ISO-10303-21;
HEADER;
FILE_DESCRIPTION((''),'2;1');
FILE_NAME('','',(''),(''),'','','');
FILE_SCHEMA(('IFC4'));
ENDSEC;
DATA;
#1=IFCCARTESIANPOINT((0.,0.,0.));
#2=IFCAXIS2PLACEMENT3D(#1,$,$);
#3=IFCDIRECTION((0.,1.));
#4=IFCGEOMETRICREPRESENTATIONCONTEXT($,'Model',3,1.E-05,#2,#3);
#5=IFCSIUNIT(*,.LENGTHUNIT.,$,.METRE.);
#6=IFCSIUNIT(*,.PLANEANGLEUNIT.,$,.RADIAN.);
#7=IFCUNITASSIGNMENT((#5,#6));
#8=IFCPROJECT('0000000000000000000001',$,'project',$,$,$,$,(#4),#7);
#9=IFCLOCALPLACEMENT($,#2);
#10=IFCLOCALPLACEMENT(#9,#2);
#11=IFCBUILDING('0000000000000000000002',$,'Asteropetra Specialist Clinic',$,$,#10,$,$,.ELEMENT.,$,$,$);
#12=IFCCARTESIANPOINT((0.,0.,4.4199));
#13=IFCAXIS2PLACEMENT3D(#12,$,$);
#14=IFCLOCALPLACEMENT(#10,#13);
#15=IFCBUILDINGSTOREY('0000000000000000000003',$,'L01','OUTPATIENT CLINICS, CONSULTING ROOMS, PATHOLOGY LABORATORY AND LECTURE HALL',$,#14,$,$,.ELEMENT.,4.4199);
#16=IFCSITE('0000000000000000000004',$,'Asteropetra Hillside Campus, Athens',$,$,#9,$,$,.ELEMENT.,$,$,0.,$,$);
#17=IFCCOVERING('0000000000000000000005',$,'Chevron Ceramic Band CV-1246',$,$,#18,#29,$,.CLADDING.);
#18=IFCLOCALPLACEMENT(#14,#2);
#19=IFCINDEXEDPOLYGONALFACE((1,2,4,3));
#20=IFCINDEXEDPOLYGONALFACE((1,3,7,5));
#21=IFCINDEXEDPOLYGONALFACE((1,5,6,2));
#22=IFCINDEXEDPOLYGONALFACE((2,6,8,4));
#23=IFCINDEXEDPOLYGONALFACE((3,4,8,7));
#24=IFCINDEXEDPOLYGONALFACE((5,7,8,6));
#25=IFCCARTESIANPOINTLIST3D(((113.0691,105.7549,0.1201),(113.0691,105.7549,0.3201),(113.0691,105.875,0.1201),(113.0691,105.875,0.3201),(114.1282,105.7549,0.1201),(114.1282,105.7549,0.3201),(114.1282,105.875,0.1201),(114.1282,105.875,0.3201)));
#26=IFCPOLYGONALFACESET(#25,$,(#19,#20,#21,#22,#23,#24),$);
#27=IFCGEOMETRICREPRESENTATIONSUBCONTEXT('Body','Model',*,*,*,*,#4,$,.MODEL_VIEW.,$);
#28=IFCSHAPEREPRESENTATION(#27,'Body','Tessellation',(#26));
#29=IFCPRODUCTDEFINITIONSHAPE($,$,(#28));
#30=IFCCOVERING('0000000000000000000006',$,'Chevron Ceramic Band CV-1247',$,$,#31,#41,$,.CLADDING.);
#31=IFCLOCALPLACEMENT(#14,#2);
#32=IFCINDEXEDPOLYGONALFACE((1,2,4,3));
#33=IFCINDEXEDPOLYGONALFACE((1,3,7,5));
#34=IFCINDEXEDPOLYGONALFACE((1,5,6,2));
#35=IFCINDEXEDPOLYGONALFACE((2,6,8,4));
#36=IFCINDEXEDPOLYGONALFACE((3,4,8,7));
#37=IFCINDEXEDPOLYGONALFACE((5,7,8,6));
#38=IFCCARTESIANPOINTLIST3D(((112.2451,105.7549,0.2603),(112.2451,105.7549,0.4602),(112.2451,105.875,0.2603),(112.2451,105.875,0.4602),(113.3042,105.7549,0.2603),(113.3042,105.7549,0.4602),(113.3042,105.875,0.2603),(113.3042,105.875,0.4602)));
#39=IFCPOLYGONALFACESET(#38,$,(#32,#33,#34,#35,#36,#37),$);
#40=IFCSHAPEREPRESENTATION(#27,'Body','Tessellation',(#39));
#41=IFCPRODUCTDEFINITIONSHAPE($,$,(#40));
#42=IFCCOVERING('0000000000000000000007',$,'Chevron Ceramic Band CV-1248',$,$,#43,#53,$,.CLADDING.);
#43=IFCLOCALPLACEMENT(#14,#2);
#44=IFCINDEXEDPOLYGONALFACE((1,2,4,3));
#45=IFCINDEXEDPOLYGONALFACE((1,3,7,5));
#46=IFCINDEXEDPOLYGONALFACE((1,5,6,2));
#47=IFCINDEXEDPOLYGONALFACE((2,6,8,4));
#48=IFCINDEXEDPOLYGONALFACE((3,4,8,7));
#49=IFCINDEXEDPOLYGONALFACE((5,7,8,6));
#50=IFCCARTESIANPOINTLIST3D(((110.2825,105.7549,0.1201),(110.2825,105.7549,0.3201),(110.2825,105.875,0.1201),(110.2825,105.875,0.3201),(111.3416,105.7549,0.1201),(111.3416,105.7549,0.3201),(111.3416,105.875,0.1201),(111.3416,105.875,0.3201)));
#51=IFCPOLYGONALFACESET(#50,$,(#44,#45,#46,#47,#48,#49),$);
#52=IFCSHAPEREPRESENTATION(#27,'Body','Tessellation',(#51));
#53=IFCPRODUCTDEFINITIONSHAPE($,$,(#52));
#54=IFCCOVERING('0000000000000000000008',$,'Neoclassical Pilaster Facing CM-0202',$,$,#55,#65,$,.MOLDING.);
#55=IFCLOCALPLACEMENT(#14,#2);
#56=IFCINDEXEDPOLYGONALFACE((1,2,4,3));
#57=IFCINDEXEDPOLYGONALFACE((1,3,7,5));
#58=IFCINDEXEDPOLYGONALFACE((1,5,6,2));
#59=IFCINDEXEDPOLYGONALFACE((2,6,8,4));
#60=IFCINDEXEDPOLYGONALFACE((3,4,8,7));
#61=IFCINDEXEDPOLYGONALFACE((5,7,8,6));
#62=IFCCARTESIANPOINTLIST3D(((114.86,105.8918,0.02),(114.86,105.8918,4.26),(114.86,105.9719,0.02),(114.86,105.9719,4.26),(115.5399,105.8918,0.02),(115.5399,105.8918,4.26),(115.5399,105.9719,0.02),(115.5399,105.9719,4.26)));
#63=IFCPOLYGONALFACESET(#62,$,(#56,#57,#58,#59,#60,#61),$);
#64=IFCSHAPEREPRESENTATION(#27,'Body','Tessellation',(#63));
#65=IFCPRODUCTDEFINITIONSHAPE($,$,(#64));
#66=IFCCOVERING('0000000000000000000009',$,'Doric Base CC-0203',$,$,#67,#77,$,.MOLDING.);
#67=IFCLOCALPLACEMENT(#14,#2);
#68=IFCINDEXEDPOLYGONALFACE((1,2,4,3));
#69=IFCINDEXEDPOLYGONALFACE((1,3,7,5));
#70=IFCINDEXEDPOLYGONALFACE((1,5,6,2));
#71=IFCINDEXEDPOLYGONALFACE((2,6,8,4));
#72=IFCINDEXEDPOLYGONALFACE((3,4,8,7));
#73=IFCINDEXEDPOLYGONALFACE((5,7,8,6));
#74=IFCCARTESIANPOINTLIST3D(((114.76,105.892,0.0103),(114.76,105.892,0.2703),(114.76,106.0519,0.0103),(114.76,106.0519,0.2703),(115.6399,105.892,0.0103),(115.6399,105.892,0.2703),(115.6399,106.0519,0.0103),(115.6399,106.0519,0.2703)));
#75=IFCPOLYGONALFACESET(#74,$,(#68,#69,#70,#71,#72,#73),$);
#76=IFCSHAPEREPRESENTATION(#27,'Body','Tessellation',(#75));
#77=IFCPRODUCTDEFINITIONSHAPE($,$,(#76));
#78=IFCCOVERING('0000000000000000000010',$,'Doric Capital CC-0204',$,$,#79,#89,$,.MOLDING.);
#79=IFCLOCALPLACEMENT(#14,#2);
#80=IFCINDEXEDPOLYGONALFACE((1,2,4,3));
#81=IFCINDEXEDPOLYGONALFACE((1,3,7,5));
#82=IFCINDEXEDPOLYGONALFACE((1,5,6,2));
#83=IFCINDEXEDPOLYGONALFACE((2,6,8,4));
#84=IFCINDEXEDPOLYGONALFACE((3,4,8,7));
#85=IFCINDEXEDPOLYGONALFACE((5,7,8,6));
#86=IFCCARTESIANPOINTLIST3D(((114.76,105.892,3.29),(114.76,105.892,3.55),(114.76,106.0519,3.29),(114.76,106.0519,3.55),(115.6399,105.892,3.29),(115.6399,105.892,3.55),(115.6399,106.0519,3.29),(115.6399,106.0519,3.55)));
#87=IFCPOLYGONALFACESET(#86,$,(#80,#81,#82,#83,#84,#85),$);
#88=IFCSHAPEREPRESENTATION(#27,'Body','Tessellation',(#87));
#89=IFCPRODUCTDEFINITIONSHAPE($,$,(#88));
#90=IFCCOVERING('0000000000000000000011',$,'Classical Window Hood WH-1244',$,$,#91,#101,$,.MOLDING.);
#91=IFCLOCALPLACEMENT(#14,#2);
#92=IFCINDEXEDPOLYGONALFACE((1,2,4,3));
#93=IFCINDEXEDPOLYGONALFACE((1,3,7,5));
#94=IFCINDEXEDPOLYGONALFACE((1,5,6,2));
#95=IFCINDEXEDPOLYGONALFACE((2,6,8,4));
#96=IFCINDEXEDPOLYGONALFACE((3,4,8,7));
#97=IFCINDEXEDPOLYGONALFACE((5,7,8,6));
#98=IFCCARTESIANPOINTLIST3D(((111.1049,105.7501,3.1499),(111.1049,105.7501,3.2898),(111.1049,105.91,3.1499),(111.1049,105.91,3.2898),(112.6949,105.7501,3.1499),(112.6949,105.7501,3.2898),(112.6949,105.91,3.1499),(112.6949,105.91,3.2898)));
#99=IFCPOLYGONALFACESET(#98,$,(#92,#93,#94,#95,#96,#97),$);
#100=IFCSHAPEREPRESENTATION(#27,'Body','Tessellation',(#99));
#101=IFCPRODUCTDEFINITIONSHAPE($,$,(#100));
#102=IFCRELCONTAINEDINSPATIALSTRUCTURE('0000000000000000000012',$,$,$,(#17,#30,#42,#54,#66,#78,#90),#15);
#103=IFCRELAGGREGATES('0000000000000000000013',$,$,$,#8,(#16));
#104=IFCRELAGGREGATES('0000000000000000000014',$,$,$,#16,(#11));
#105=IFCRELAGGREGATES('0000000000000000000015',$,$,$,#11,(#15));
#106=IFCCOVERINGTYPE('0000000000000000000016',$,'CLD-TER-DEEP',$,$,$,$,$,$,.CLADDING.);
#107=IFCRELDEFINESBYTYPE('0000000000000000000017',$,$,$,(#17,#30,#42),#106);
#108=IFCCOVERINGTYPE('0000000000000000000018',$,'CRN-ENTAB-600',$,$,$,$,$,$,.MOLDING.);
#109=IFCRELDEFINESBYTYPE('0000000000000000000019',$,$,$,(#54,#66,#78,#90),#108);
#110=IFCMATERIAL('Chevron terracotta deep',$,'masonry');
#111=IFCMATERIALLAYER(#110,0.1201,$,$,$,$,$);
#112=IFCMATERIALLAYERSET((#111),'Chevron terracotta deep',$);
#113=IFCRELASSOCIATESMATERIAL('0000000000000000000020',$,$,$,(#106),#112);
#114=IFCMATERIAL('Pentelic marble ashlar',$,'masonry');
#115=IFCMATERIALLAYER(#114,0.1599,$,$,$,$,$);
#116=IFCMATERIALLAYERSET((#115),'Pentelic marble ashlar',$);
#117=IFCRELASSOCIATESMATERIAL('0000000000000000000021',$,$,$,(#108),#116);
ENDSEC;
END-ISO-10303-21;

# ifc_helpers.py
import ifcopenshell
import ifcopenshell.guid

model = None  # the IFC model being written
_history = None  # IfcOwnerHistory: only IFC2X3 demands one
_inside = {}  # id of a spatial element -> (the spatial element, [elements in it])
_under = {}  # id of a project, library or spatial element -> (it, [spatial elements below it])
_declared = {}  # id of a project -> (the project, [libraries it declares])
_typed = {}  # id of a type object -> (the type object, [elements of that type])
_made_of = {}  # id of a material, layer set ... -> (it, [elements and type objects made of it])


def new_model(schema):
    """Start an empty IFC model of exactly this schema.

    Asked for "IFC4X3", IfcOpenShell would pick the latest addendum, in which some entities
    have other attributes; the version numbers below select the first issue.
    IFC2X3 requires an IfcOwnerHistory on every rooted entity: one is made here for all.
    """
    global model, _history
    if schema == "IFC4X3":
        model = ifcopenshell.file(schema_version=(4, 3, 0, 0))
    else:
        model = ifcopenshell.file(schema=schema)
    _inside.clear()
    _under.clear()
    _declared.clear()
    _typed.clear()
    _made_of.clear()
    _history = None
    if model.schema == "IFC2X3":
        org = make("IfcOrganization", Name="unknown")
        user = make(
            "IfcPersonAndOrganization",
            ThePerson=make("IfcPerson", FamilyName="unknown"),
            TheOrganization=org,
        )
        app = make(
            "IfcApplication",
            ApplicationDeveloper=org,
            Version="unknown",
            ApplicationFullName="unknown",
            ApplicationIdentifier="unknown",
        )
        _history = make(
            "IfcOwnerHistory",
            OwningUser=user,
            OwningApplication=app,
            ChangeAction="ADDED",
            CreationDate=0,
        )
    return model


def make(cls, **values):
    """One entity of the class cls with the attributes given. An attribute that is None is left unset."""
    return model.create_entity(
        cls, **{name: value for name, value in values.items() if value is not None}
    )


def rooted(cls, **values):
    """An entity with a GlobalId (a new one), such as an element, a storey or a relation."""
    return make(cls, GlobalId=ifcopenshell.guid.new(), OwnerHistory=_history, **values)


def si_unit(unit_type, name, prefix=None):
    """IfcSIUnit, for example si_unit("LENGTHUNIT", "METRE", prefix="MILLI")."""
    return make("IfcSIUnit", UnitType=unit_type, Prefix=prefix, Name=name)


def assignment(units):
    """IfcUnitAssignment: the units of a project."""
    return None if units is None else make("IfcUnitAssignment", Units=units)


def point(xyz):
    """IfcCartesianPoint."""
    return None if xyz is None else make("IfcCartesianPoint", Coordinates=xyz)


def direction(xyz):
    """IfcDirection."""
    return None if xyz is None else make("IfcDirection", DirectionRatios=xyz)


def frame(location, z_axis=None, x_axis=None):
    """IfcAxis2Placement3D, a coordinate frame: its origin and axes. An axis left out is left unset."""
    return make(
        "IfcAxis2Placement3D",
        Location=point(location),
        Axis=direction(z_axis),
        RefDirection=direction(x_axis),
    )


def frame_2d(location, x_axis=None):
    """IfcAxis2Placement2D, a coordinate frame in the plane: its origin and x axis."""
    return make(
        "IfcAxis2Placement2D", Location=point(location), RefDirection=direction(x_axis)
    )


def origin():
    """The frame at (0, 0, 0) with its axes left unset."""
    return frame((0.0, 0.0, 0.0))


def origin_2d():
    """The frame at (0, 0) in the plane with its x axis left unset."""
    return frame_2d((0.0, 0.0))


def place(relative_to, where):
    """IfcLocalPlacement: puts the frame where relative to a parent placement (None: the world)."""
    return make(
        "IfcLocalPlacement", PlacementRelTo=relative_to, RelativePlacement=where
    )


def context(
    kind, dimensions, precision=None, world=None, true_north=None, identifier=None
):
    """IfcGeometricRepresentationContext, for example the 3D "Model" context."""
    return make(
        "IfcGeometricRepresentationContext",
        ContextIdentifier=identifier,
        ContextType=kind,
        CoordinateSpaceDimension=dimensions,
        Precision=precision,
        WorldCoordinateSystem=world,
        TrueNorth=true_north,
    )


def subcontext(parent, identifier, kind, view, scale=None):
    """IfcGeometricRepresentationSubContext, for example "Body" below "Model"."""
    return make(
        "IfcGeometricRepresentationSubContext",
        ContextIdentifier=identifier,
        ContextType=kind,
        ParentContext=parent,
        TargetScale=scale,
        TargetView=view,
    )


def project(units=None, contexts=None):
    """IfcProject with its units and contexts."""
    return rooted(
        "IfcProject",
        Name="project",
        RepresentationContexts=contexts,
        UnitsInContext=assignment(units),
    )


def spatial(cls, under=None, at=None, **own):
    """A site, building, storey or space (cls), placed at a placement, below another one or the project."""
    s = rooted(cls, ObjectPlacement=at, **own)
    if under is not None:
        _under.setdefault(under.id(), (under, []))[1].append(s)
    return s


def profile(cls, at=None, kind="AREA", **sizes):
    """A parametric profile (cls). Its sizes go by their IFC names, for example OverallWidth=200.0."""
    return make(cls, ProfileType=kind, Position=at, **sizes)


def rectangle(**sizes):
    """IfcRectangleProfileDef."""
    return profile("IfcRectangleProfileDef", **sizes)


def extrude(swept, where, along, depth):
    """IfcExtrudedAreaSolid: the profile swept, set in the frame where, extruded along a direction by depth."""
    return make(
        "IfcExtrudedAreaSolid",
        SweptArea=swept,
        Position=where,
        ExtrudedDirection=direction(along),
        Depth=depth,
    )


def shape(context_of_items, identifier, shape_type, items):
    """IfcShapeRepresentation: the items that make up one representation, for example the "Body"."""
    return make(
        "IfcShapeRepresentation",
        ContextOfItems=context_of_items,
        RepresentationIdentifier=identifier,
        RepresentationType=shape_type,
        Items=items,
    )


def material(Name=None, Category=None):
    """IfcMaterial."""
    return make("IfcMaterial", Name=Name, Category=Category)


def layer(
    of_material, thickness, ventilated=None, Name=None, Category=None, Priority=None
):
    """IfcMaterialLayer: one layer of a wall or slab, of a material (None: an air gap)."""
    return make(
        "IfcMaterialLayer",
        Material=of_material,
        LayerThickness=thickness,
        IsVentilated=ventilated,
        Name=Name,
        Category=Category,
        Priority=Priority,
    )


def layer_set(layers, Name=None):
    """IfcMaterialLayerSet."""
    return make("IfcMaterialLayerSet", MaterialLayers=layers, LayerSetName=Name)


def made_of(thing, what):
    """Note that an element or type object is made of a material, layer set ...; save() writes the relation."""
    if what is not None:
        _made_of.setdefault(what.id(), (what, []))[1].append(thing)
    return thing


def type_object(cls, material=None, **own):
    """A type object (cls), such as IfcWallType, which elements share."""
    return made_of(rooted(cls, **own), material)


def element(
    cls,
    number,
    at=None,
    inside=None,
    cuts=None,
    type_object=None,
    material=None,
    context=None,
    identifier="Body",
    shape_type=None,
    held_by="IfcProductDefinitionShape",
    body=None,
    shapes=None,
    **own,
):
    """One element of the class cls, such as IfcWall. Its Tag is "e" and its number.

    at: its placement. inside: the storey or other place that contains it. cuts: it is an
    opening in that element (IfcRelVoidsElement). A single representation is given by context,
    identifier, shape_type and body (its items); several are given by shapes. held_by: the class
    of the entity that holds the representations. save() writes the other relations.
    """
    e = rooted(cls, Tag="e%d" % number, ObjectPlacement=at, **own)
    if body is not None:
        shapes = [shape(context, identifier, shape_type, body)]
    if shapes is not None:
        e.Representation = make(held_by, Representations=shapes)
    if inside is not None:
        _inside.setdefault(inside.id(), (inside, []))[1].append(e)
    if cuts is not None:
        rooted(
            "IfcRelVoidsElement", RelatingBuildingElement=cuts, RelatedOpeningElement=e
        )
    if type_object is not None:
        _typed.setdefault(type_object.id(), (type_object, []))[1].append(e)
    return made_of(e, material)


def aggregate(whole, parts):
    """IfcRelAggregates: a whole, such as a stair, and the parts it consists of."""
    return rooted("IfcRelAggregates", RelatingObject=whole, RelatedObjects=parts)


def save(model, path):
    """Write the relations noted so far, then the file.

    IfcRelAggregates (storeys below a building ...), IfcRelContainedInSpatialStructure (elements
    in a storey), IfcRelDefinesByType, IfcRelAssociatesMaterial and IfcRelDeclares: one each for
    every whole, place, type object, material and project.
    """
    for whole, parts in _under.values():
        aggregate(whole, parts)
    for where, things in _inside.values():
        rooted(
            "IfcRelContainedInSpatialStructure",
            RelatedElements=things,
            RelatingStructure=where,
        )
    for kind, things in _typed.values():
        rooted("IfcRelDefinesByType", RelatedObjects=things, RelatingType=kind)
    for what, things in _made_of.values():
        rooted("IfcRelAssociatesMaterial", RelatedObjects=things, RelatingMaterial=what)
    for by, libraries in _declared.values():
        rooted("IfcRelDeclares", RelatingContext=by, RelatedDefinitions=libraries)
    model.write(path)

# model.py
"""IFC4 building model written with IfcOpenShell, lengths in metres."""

from ifc_helpers import new_model, si_unit, direction, frame, origin, origin_2d, place, context, subcontext, project, spatial, rectangle, extrude, material, layer, layer_set, type_object, element, save


model = new_model("IFC4")

# Units and contexts
model_context = context("Model", 3, precision=1e-05, world=origin(), true_north=direction((0.0, 1.0)))
body_context = subcontext(model_context, "Body", "Model", "MODEL_VIEW")
ifc_project = project(units=[si_unit("LENGTHUNIT", "METRE"), si_unit("PLANEANGLEUNIT", "RADIAN")], contexts=[model_context])

# Site, building, storey
site_placement = place(None, origin())
site = spatial("IfcSite", under=ifc_project, at=site_placement, Name="Asteropetra Hillside Campus, Athens", CompositionType="ELEMENT", RefElevation=0.0)
building_placement = place(site_placement, origin())
building = spatial("IfcBuilding", under=site, at=building_placement, Name="Asteropetra Specialist Clinic", CompositionType="ELEMENT")
storey_placement = place(building_placement, frame((0.0, 0.0, 4.4199)))
storey = spatial("IfcBuildingStorey", under=building, at=storey_placement, Name="L01", Description="OUTPATIENT CLINICS, CONSULTING ROOMS, PATHOLOGY LABORATORY AND LECTURE HALL", CompositionType="ELEMENT", Elevation=4.4199)

# Coverings
ifc_material_1 = material(Name="Chevron terracotta deep", Category="masonry")
ifc_layer_1 = layer(ifc_material_1, 0.1201)
ifc_layer_set_1 = layer_set([ifc_layer_1], Name="Chevron terracotta deep")
covering_type_1 = type_object("IfcCoveringType", Name="CLD-TER-DEEP", PredefinedType="CLADDING", material=ifc_layer_set_1)
for number, where, z_axis, x_axis, name in (
    (1, (113.5986, 105.8149, 0.1201), (0.0, 0.0, 1.0), (1.0, 0.0, 0.0), "Chevron Ceramic Band CV-1246"),
    (2, (112.7747, 105.8149, 0.2603), (0.0, 0.0, 1.0), (1.0, 0.0, 0.0), "Chevron Ceramic Band CV-1247"),
    (3, (110.812, 105.8149, 0.1201), (0.0, 0.0, 1.0), (1.0, 0.0, 0.0), "Chevron Ceramic Band CV-1248"),
):
    element("IfcCovering", number, at=place(storey_placement, frame(where, z_axis=z_axis, x_axis=x_axis)), inside=storey, type_object=covering_type_1, Name=name, PredefinedType="CLADDING", context=body_context, shape_type="SweptSolid", body=[
        extrude(rectangle(XDim=1.0591, YDim=0.1201, at=origin_2d()), origin(), (0.0, 0.0, 1.0), 0.2),
    ])
ifc_material_2 = material(Name="Pentelic marble ashlar", Category="masonry")
ifc_layer_2 = layer(ifc_material_2, 0.1599)
ifc_layer_set_2 = layer_set([ifc_layer_2], Name="Pentelic marble ashlar")
covering_type_2 = type_object("IfcCoveringType", Name="CRN-ENTAB-600", PredefinedType="MOLDING", material=ifc_layer_set_2)
covering_1_placement = place(storey_placement, frame((115.2, 105.9319, 0.02), z_axis=(0.0, 0.0, 1.0), x_axis=(1.0, 0.0, 0.0)))
element("IfcCovering", 4, at=covering_1_placement, inside=storey, type_object=covering_type_2, Name="Neoclassical Pilaster Facing CM-0202", PredefinedType="MOLDING", context=body_context, shape_type="SweptSolid", body=[
    extrude(rectangle(XDim=0.6799, YDim=0.0801, at=origin_2d()), origin(), (0.0, 0.0, 1.0), 4.24),
])
for number, where, z_axis, x_axis, name in (
    (5, (115.2, 105.9719, 0.0103), (0.0, 0.0, 1.0), (1.0, 0.0, 0.0), "Doric Base CC-0203"),
    (6, (115.2, 105.9719, 3.29), (0.0, 0.0, 1.0), (1.0, 0.0, 0.0), "Doric Capital CC-0204"),
):
    element("IfcCovering", number, at=place(storey_placement, frame(where, z_axis=z_axis, x_axis=x_axis)), inside=storey, type_object=covering_type_2, Name=name, PredefinedType="MOLDING", context=body_context, shape_type="SweptSolid", body=[
        extrude(rectangle(XDim=0.8799, YDim=0.1599, at=origin_2d()), origin(), (0.0, 0.0, 1.0), 0.26),
    ])
covering_2_placement = place(storey_placement, frame((111.8999, 105.8301, 3.1499), z_axis=(0.0, 0.0, 1.0), x_axis=(1.0, 0.0, 0.0)))
element("IfcCovering", 7, at=covering_2_placement, inside=storey, type_object=covering_type_2, Name="Classical Window Hood WH-1244", PredefinedType="MOLDING", context=body_context, shape_type="SweptSolid", body=[
    extrude(rectangle(XDim=1.5901, YDim=0.1599, at=origin_2d()), origin(), (0.0, 0.0, 1.0), 0.1399),
])

save(model, "model.ifc")
